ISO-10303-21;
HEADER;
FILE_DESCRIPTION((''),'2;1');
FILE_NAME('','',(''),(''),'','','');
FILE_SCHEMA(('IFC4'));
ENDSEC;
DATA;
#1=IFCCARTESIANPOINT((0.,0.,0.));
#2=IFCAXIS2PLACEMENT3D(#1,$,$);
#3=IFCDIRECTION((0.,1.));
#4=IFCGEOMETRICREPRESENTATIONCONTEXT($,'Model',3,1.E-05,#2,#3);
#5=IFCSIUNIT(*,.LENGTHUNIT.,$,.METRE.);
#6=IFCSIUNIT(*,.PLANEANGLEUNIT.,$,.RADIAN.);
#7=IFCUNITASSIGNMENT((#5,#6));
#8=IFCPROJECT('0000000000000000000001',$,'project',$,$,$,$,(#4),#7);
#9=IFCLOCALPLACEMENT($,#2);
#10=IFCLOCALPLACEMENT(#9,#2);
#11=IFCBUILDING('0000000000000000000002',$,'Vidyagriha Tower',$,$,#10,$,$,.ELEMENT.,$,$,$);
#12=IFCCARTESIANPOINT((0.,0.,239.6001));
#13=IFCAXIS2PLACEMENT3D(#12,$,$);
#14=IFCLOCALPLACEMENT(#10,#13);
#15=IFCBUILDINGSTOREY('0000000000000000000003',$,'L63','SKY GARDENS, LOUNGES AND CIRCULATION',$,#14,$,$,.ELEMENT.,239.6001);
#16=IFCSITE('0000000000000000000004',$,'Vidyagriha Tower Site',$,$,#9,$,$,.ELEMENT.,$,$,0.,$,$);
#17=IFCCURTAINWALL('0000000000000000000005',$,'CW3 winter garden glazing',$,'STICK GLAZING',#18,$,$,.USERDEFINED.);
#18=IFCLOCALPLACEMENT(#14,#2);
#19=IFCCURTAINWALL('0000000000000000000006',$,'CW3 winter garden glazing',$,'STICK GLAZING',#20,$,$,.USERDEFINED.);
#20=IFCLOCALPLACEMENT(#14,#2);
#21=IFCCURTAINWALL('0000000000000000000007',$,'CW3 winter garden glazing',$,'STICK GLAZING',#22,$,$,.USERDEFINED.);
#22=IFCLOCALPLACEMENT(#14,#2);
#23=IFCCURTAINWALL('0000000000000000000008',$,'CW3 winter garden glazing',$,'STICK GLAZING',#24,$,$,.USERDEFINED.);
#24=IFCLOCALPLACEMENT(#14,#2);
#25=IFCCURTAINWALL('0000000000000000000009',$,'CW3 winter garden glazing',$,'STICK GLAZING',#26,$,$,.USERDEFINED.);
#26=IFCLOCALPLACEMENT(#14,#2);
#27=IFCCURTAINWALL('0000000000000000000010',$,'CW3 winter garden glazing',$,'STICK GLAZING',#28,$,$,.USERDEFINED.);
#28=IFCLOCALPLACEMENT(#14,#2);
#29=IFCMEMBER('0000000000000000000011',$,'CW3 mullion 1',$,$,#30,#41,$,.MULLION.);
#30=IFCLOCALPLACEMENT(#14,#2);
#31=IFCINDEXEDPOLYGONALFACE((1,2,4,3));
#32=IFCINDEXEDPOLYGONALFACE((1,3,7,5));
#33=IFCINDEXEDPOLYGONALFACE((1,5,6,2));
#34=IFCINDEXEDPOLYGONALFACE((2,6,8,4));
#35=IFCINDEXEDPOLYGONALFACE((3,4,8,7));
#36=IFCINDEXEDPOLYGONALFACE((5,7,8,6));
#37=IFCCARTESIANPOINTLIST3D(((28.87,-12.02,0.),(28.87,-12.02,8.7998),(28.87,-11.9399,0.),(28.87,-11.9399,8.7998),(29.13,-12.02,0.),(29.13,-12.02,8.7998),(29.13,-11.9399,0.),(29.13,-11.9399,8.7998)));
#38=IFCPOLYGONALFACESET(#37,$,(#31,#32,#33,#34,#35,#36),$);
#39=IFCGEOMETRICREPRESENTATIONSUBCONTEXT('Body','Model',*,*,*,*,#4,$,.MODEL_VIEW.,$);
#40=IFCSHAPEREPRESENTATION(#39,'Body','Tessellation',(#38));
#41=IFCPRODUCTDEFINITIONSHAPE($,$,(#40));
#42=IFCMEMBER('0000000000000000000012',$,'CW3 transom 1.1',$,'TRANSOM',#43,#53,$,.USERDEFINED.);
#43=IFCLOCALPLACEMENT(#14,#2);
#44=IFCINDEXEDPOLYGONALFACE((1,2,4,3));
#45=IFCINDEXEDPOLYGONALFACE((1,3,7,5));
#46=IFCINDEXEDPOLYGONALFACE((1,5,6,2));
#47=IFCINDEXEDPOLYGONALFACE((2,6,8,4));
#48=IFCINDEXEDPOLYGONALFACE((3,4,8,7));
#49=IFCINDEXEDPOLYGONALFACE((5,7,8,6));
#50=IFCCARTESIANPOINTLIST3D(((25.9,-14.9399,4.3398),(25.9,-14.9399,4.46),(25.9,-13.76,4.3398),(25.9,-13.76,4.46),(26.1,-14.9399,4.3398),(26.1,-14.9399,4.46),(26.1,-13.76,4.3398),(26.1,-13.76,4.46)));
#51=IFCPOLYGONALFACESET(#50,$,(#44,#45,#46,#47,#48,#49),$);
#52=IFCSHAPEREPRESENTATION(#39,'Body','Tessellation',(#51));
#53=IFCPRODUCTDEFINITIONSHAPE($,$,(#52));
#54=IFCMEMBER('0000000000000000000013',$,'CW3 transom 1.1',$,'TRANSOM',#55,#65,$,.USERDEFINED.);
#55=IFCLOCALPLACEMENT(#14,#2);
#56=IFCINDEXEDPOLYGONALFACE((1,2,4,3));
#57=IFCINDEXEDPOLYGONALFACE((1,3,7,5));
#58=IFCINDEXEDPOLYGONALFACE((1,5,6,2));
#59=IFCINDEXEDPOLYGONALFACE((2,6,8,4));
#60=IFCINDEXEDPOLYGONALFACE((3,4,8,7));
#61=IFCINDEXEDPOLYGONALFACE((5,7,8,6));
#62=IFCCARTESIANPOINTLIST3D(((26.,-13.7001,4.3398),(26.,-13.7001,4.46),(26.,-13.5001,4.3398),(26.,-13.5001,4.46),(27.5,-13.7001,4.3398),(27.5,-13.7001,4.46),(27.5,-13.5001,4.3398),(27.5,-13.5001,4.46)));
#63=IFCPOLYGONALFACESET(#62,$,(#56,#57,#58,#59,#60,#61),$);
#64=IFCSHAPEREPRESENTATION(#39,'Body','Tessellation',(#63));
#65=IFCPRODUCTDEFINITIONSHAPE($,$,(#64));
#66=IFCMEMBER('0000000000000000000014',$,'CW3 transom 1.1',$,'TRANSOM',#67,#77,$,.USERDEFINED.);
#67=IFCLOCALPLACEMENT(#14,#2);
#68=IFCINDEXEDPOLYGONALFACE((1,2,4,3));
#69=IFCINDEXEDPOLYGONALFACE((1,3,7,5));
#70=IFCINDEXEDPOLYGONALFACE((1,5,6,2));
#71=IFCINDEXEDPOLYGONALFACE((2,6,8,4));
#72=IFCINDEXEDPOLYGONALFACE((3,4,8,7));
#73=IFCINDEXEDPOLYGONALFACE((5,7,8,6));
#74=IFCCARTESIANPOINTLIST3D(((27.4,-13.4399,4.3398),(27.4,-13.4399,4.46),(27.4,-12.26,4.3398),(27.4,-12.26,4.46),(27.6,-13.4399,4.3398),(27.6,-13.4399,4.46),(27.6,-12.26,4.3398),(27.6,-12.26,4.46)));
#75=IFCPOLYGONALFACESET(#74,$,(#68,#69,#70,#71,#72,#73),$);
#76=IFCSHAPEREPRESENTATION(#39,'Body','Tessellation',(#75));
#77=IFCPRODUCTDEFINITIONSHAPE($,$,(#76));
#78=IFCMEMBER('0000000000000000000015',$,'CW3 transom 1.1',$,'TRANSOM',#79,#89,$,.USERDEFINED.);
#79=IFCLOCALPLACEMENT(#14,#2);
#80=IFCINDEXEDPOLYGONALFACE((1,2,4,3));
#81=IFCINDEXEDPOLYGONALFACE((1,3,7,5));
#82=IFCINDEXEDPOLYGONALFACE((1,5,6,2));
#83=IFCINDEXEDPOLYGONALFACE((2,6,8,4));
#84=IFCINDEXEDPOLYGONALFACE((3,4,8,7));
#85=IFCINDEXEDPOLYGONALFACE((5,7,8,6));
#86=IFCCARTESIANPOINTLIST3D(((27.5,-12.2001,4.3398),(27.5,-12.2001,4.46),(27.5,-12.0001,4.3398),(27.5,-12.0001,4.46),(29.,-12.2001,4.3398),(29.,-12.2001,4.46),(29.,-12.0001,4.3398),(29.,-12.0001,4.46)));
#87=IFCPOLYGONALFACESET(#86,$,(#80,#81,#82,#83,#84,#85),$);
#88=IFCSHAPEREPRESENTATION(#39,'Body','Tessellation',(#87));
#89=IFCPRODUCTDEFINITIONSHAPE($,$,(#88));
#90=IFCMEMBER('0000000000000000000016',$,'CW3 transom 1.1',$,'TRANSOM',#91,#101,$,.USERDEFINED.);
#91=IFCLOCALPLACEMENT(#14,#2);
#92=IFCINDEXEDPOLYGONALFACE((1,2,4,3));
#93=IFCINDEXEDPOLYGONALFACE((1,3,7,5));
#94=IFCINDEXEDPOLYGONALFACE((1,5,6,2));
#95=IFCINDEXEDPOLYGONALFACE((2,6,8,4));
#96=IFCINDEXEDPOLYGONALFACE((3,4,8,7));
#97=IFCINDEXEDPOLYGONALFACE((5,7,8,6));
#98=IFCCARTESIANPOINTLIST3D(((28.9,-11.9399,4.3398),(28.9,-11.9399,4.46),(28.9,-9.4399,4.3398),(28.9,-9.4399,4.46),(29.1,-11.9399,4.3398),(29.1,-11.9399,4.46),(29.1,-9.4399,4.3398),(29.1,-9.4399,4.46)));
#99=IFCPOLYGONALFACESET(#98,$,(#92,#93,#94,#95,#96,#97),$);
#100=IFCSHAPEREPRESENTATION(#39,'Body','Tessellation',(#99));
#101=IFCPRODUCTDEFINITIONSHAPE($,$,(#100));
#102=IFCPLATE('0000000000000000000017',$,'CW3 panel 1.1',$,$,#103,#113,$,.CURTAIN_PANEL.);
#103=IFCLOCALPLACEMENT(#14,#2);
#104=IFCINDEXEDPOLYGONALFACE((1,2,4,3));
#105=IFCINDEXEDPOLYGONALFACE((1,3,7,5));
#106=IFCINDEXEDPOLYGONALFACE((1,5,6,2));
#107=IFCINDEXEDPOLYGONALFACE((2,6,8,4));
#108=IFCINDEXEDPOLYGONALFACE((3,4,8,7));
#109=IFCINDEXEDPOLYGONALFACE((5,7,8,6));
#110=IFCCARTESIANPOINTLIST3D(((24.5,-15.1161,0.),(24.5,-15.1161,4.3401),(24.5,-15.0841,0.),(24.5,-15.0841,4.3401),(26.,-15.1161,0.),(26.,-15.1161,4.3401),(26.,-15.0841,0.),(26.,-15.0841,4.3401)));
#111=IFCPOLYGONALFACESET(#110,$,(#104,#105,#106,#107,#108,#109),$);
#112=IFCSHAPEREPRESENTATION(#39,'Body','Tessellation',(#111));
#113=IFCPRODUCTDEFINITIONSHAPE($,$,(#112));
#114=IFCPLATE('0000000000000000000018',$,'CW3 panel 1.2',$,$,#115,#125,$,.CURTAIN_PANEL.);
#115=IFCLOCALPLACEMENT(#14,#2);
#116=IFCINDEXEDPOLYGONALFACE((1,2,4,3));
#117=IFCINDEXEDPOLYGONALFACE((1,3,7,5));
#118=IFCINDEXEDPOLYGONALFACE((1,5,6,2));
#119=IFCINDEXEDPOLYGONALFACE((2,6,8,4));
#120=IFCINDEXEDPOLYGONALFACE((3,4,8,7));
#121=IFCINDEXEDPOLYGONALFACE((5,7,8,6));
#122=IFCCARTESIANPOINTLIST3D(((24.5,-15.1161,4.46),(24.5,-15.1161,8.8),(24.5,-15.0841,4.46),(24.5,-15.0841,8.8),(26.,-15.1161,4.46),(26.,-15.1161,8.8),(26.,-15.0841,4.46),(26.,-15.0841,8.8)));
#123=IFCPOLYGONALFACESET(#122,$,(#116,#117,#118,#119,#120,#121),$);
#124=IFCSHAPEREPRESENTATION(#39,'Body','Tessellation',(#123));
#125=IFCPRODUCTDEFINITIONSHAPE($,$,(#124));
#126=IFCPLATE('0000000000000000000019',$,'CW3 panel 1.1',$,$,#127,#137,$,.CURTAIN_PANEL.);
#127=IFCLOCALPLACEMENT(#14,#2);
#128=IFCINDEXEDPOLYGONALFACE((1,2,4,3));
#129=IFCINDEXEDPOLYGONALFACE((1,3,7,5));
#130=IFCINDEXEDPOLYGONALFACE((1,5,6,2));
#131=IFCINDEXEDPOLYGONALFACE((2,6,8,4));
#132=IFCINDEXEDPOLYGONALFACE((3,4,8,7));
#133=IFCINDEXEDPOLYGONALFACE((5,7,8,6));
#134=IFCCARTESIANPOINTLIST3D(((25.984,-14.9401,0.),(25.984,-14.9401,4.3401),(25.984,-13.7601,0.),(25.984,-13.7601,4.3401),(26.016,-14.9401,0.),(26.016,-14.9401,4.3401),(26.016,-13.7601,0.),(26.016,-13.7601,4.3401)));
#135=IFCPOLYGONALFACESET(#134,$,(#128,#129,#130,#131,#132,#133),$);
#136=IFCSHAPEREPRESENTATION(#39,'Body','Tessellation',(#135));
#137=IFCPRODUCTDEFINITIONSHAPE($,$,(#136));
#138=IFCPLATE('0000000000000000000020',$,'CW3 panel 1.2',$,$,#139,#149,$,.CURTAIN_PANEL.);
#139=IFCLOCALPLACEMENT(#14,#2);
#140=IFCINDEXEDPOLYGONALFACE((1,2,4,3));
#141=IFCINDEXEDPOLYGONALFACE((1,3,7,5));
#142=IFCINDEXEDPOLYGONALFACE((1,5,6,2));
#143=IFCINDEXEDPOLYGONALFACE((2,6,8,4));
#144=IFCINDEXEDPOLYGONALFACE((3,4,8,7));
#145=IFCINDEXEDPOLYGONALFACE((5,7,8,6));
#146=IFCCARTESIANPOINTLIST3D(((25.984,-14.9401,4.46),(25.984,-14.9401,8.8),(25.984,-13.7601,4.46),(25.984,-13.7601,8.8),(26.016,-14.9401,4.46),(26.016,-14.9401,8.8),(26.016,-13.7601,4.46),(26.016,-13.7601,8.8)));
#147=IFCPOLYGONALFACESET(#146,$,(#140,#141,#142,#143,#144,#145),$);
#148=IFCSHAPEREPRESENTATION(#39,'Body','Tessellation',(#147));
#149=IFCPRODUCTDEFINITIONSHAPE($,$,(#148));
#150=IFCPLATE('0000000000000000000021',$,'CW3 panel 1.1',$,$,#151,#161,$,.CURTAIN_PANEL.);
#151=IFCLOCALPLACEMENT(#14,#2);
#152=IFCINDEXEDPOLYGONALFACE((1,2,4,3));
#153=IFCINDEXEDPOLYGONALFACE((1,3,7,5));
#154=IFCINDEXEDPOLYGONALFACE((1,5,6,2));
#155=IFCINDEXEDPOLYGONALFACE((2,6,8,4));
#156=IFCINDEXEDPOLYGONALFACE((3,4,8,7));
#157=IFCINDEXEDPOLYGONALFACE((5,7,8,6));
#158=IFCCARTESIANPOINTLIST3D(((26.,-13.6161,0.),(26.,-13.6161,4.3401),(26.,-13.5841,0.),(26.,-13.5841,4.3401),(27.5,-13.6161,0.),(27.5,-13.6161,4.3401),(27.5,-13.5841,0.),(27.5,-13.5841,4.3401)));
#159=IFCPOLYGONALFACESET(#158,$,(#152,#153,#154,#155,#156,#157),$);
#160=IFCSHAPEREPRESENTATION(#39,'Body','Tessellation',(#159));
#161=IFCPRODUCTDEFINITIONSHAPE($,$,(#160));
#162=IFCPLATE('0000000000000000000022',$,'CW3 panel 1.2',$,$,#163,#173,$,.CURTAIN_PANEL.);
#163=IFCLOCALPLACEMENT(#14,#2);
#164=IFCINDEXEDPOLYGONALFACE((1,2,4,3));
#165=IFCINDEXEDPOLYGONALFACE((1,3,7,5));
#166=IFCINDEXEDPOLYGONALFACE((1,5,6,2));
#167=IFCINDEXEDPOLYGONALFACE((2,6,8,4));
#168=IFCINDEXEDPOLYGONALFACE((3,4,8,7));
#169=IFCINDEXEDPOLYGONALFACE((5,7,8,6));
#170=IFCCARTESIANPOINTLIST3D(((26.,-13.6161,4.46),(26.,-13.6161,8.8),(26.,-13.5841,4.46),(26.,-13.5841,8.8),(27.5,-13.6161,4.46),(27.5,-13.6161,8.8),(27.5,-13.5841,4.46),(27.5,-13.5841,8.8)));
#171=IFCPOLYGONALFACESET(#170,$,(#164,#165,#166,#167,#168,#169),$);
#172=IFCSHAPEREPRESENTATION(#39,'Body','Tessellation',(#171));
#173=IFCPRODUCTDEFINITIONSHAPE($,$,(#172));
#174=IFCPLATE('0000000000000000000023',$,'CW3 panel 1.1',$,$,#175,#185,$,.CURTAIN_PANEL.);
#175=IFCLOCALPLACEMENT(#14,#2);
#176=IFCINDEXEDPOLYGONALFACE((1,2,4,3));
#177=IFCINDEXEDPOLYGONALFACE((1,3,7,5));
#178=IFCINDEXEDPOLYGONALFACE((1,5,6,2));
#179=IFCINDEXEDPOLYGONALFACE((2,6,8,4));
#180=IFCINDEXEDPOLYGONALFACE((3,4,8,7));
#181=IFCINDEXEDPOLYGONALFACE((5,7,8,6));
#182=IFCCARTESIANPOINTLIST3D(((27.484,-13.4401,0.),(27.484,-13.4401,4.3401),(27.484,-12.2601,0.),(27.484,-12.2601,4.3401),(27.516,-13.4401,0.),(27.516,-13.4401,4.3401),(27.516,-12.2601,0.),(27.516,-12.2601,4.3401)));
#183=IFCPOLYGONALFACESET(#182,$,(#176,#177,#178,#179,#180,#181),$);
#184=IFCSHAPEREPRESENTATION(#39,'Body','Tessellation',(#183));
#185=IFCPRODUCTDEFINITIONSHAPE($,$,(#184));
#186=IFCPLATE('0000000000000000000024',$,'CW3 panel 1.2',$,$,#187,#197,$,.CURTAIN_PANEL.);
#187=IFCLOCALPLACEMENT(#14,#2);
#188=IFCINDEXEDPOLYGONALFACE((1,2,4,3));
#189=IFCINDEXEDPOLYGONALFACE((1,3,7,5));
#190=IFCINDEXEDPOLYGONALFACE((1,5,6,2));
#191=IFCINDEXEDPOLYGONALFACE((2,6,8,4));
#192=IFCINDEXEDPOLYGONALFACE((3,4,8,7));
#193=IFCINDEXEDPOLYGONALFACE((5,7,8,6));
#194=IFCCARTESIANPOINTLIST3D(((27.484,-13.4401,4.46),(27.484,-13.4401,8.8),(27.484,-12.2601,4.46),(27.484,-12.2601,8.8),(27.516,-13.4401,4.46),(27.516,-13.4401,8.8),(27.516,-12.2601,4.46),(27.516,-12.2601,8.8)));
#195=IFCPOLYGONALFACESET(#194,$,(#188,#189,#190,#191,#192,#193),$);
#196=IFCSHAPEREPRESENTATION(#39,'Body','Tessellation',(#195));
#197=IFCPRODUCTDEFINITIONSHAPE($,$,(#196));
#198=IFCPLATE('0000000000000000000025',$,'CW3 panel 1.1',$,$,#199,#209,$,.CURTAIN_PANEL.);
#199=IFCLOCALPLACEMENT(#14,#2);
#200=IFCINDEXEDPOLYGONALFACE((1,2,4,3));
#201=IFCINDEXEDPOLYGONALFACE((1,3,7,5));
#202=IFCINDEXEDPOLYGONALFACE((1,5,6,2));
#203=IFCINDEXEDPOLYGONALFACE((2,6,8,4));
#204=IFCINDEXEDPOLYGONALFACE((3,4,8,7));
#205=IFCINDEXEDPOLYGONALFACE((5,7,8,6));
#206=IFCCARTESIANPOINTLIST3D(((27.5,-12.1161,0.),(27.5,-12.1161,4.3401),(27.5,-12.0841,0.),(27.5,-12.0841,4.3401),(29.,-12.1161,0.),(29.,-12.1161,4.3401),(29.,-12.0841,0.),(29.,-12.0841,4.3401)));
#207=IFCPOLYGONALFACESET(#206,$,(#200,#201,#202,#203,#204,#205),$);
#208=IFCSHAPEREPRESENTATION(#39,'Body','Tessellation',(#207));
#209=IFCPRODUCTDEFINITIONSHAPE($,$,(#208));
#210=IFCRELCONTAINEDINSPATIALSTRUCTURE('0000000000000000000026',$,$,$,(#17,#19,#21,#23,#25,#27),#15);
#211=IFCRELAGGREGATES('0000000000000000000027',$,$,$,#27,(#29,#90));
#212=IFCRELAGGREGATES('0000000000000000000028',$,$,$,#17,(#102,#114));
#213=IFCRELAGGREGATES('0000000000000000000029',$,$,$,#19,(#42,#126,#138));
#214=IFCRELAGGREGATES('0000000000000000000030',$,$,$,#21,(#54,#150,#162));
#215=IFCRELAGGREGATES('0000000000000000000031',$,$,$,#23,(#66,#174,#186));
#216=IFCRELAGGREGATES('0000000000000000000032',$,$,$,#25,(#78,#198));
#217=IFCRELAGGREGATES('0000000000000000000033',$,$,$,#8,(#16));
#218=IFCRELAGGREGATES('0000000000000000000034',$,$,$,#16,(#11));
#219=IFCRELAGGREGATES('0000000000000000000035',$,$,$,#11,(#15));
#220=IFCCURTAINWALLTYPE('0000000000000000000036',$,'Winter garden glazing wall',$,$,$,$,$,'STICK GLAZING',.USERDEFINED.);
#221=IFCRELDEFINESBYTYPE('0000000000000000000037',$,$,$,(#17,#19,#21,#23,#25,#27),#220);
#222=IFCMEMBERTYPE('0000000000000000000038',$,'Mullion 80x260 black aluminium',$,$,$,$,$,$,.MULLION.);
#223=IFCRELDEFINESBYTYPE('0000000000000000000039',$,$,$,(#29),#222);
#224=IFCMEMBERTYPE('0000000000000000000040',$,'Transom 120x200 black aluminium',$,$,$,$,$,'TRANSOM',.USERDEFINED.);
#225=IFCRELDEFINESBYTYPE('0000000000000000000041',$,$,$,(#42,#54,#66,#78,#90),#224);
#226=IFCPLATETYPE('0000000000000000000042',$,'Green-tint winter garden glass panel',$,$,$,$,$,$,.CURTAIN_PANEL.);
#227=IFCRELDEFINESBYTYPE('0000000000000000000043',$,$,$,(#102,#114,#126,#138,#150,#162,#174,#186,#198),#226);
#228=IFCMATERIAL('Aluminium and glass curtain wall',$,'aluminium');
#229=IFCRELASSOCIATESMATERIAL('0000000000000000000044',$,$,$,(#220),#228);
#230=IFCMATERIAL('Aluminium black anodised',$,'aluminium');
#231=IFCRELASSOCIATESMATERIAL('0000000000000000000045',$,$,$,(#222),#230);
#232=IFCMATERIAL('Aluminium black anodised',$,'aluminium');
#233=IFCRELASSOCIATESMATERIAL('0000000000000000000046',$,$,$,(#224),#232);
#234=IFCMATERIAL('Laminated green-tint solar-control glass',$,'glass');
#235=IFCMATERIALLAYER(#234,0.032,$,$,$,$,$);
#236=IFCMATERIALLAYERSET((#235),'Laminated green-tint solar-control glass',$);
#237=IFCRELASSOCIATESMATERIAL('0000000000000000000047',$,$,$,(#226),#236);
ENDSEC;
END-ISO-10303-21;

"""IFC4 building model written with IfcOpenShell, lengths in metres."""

from ifc_helpers import new_model, si_unit, direction, frame, origin, origin_2d, place, context, subcontext, project, spatial, rectangle, extrude, material, layer, layer_set, material_profile, profile_set, type_object, element, aggregate, save


model = new_model("IFC4")

# Units and contexts
model_context = context("Model", 3, precision=1e-05, world=origin(), true_north=direction((0.0, 1.0)))
body_context = subcontext(model_context, "Body", "Model", "MODEL_VIEW")
ifc_project = project(units=[si_unit("LENGTHUNIT", "METRE"), si_unit("PLANEANGLEUNIT", "RADIAN")], contexts=[model_context])

# Site, building, storey
site_placement = place(None, origin())
site = spatial("IfcSite", under=ifc_project, at=site_placement, Name="Vidyagriha Tower Site", CompositionType="ELEMENT", RefElevation=0.0)
building_placement = place(site_placement, origin())
building = spatial("IfcBuilding", under=site, at=building_placement, Name="Vidyagriha Tower", CompositionType="ELEMENT")
storey_placement = place(building_placement, frame((0.0, 0.0, 239.6001)))
storey = spatial("IfcBuildingStorey", under=building, at=storey_placement, Name="L63", Description="SKY GARDENS, LOUNGES AND CIRCULATION", CompositionType="ELEMENT", Elevation=239.6001)

# Curtain wall
ifc_material_1 = material(Name="Aluminium and glass curtain wall", Category="aluminium")
curtain_wall_type = type_object("IfcCurtainWallType", Name="Winter garden glazing wall", ElementType="STICK GLAZING", PredefinedType="USERDEFINED", material=ifc_material_1)
ifc_material_2 = material(Name="Aluminium black anodised", Category="aluminium")
ifc_material_profile_1 = material_profile(ifc_material_2, rectangle(XDim=0.26, YDim=0.0801, at=origin_2d()), Name="Mullion 80x260 black aluminium")
ifc_profile_set_1 = profile_set([ifc_material_profile_1], Name="Aluminium black anodised")
member_type_1 = type_object("IfcMemberType", Name="Mullion 80x260 black aluminium", PredefinedType="MULLION", material=ifc_profile_set_1)
curtain_wall_1_placement = place(storey_placement, origin())
curtain_wall_1 = element("IfcCurtainWall", 1, at=curtain_wall_1_placement, inside=storey, type_object=curtain_wall_type, Name="CW3 winter garden glazing", ObjectType="STICK GLAZING", PredefinedType="USERDEFINED")

# Curtain walls
curtain_wall_2_placement = place(storey_placement, origin())
curtain_wall_2 = element("IfcCurtainWall", 2, at=curtain_wall_2_placement, inside=storey, type_object=curtain_wall_type, Name="CW3 winter garden glazing", ObjectType="STICK GLAZING", PredefinedType="USERDEFINED")
curtain_wall_3_placement = place(storey_placement, origin())
curtain_wall_3 = element("IfcCurtainWall", 3, at=curtain_wall_3_placement, inside=storey, type_object=curtain_wall_type, Name="CW3 winter garden glazing", ObjectType="STICK GLAZING", PredefinedType="USERDEFINED")
curtain_wall_4_placement = place(storey_placement, origin())
curtain_wall_4 = element("IfcCurtainWall", 4, at=curtain_wall_4_placement, inside=storey, type_object=curtain_wall_type, Name="CW3 winter garden glazing", ObjectType="STICK GLAZING", PredefinedType="USERDEFINED")
curtain_wall_5_placement = place(storey_placement, origin())
curtain_wall_5 = element("IfcCurtainWall", 5, at=curtain_wall_5_placement, inside=storey, type_object=curtain_wall_type, Name="CW3 winter garden glazing", ObjectType="STICK GLAZING", PredefinedType="USERDEFINED")

# Curtain wall, member
curtain_wall_6_placement = place(storey_placement, origin())
curtain_wall_6 = element("IfcCurtainWall", 6, at=curtain_wall_6_placement, inside=storey, type_object=curtain_wall_type, Name="CW3 winter garden glazing", ObjectType="STICK GLAZING", PredefinedType="USERDEFINED")
member_1_placement = place(storey_placement, frame((29.0, -11.98, 0.0), z_axis=(0.0, 0.0, 1.0), x_axis=(-1.0, 0.0, 0.0)))
member_1 = element("IfcMember", 7, at=member_1_placement, type_object=member_type_1, Name="CW3 mullion 1", PredefinedType="MULLION", context=body_context, shape_type="SweptSolid", body=[
    extrude(rectangle(XDim=0.26, YDim=0.0801, at=origin_2d()), origin(), (0.0, 0.0, 1.0), 8.7998),
])

# Members
ifc_material_3 = material(Name="Aluminium black anodised", Category="aluminium")
ifc_material_profile_2 = material_profile(ifc_material_3, rectangle(XDim=0.2, YDim=0.1201, at=origin_2d()), Name="Transom 120x200 black aluminium")
ifc_profile_set_2 = profile_set([ifc_material_profile_2], Name="Aluminium black anodised")
member_type_2 = type_object("IfcMemberType", Name="Transom 120x200 black aluminium", ElementType="TRANSOM", PredefinedType="USERDEFINED", material=ifc_profile_set_2)
member_2_placement = place(storey_placement, frame((26.0, -14.9399, 4.3999), z_axis=(0.0, 1.0, 0.0), x_axis=(-1.0, 0.0, 0.0)))
member_2 = element("IfcMember", 8, at=member_2_placement, type_object=member_type_2, Name="CW3 transom 1.1", ObjectType="TRANSOM", PredefinedType="USERDEFINED", context=body_context, shape_type="SweptSolid", body=[
    extrude(rectangle(XDim=0.2, YDim=0.1201, at=origin_2d()), origin(), (0.0, 0.0, 1.0), 1.1799),
])
member_3_placement = place(storey_placement, frame((26.0, -13.6001, 4.3999), z_axis=(1.0, 0.0, 0.0), x_axis=(0.0, 1.0, 0.0)))
member_3 = element("IfcMember", 9, at=member_3_placement, type_object=member_type_2, Name="CW3 transom 1.1", ObjectType="TRANSOM", PredefinedType="USERDEFINED", context=body_context, shape_type="SweptSolid", body=[
    extrude(rectangle(XDim=0.2, YDim=0.1201, at=origin_2d()), origin(), (0.0, 0.0, 1.0), 1.5),
])
member_4_placement = place(storey_placement, frame((27.5, -13.4399, 4.3999), z_axis=(0.0, 1.0, 0.0), x_axis=(-1.0, 0.0, 0.0)))
member_4 = element("IfcMember", 10, at=member_4_placement, type_object=member_type_2, Name="CW3 transom 1.1", ObjectType="TRANSOM", PredefinedType="USERDEFINED", context=body_context, shape_type="SweptSolid", body=[
    extrude(rectangle(XDim=0.2, YDim=0.1201, at=origin_2d()), origin(), (0.0, 0.0, 1.0), 1.1799),
])
member_5_placement = place(storey_placement, frame((27.5, -12.1001, 4.3999), z_axis=(1.0, 0.0, 0.0), x_axis=(0.0, 1.0, 0.0)))
member_5 = element("IfcMember", 11, at=member_5_placement, type_object=member_type_2, Name="CW3 transom 1.1", ObjectType="TRANSOM", PredefinedType="USERDEFINED", context=body_context, shape_type="SweptSolid", body=[
    extrude(rectangle(XDim=0.2, YDim=0.1201, at=origin_2d()), origin(), (0.0, 0.0, 1.0), 1.5),
])
member_6_placement = place(storey_placement, frame((29.0, -11.9399, 4.3999), z_axis=(0.0, 1.0, 0.0), x_axis=(-1.0, 0.0, 0.0)))
member_6 = element("IfcMember", 12, at=member_6_placement, type_object=member_type_2, Name="CW3 transom 1.1", ObjectType="TRANSOM", PredefinedType="USERDEFINED", context=body_context, shape_type="SweptSolid", body=[
    extrude(rectangle(XDim=0.2, YDim=0.1201, at=origin_2d()), origin(), (0.0, 0.0, 1.0), 2.5),
])
aggregate(curtain_wall_6, [member_1, member_6])

# Plates
ifc_material_4 = material(Name="Laminated green-tint solar-control glass", Category="glass")
ifc_layer = layer(ifc_material_4, 0.032)
ifc_layer_set = layer_set([ifc_layer], Name="Laminated green-tint solar-control glass")
plate_type = type_object("IfcPlateType", Name="Green-tint winter garden glass panel", PredefinedType="CURTAIN_PANEL", material=ifc_layer_set)
plate_1_placement = place(storey_placement, frame((25.25, -15.1001, 0.0)))
plate_1 = element("IfcPlate", 13, at=plate_1_placement, type_object=plate_type, Name="CW3 panel 1.1", PredefinedType="CURTAIN_PANEL", context=body_context, shape_type="SweptSolid", body=[
    extrude(rectangle(XDim=1.5, YDim=0.032, at=origin_2d()), origin(), (0.0, 0.0, 1.0), 4.3401),
])
plate_2_placement = place(storey_placement, frame((25.25, -15.1001, 4.46)))
plate_2 = element("IfcPlate", 14, at=plate_2_placement, type_object=plate_type, Name="CW3 panel 1.2", PredefinedType="CURTAIN_PANEL", context=body_context, shape_type="SweptSolid", body=[
    extrude(rectangle(XDim=1.5, YDim=0.032, at=origin_2d()), origin(), (0.0, 0.0, 1.0), 4.3401),
])
aggregate(curtain_wall_1, [plate_1, plate_2])
plate_3_placement = place(storey_placement, frame((26.0, -14.3501, 0.0), z_axis=(0.0, 0.0, 1.0), x_axis=(0.0, 1.0, 0.0)))
plate_3 = element("IfcPlate", 15, at=plate_3_placement, type_object=plate_type, Name="CW3 panel 1.1", PredefinedType="CURTAIN_PANEL", context=body_context, shape_type="SweptSolid", body=[
    extrude(rectangle(XDim=1.1799, YDim=0.032, at=origin_2d()), origin(), (0.0, 0.0, 1.0), 4.3401),
])
plate_4_placement = place(storey_placement, frame((26.0, -14.3501, 4.46), z_axis=(0.0, 0.0, 1.0), x_axis=(0.0, 1.0, 0.0)))
plate_4 = element("IfcPlate", 16, at=plate_4_placement, type_object=plate_type, Name="CW3 panel 1.2", PredefinedType="CURTAIN_PANEL", context=body_context, shape_type="SweptSolid", body=[
    extrude(rectangle(XDim=1.1799, YDim=0.032, at=origin_2d()), origin(), (0.0, 0.0, 1.0), 4.3401),
])
aggregate(curtain_wall_2, [member_2, plate_3, plate_4])
plate_5_placement = place(storey_placement, frame((26.75, -13.6001, 0.0)))
plate_5 = element("IfcPlate", 17, at=plate_5_placement, type_object=plate_type, Name="CW3 panel 1.1", PredefinedType="CURTAIN_PANEL", context=body_context, shape_type="SweptSolid", body=[
    extrude(rectangle(XDim=1.5, YDim=0.032, at=origin_2d()), origin(), (0.0, 0.0, 1.0), 4.3401),
])
plate_6_placement = place(storey_placement, frame((26.75, -13.6001, 4.46)))
plate_6 = element("IfcPlate", 18, at=plate_6_placement, type_object=plate_type, Name="CW3 panel 1.2", PredefinedType="CURTAIN_PANEL", context=body_context, shape_type="SweptSolid", body=[
    extrude(rectangle(XDim=1.5, YDim=0.032, at=origin_2d()), origin(), (0.0, 0.0, 1.0), 4.3401),
])
aggregate(curtain_wall_3, [member_3, plate_5, plate_6])
plate_7_placement = place(storey_placement, frame((27.5, -12.8501, 0.0), z_axis=(0.0, 0.0, 1.0), x_axis=(0.0, 1.0, 0.0)))
plate_7 = element("IfcPlate", 19, at=plate_7_placement, type_object=plate_type, Name="CW3 panel 1.1", PredefinedType="CURTAIN_PANEL", context=body_context, shape_type="SweptSolid", body=[
    extrude(rectangle(XDim=1.1799, YDim=0.032, at=origin_2d()), origin(), (0.0, 0.0, 1.0), 4.3401),
])
plate_8_placement = place(storey_placement, frame((27.5, -12.8501, 4.46), z_axis=(0.0, 0.0, 1.0), x_axis=(0.0, 1.0, 0.0)))
plate_8 = element("IfcPlate", 20, at=plate_8_placement, type_object=plate_type, Name="CW3 panel 1.2", PredefinedType="CURTAIN_PANEL", context=body_context, shape_type="SweptSolid", body=[
    extrude(rectangle(XDim=1.1799, YDim=0.032, at=origin_2d()), origin(), (0.0, 0.0, 1.0), 4.3401),
])
aggregate(curtain_wall_4, [member_4, plate_7, plate_8])
plate_9_placement = place(storey_placement, frame((28.25, -12.1001, 0.0)))
plate_9 = element("IfcPlate", 21, at=plate_9_placement, type_object=plate_type, Name="CW3 panel 1.1", PredefinedType="CURTAIN_PANEL", context=body_context, shape_type="SweptSolid", body=[
    extrude(rectangle(XDim=1.5, YDim=0.032, at=origin_2d()), origin(), (0.0, 0.0, 1.0), 4.3401),
])
aggregate(curtain_wall_5, [member_5, plate_9])

save(model, "model.ifc")
